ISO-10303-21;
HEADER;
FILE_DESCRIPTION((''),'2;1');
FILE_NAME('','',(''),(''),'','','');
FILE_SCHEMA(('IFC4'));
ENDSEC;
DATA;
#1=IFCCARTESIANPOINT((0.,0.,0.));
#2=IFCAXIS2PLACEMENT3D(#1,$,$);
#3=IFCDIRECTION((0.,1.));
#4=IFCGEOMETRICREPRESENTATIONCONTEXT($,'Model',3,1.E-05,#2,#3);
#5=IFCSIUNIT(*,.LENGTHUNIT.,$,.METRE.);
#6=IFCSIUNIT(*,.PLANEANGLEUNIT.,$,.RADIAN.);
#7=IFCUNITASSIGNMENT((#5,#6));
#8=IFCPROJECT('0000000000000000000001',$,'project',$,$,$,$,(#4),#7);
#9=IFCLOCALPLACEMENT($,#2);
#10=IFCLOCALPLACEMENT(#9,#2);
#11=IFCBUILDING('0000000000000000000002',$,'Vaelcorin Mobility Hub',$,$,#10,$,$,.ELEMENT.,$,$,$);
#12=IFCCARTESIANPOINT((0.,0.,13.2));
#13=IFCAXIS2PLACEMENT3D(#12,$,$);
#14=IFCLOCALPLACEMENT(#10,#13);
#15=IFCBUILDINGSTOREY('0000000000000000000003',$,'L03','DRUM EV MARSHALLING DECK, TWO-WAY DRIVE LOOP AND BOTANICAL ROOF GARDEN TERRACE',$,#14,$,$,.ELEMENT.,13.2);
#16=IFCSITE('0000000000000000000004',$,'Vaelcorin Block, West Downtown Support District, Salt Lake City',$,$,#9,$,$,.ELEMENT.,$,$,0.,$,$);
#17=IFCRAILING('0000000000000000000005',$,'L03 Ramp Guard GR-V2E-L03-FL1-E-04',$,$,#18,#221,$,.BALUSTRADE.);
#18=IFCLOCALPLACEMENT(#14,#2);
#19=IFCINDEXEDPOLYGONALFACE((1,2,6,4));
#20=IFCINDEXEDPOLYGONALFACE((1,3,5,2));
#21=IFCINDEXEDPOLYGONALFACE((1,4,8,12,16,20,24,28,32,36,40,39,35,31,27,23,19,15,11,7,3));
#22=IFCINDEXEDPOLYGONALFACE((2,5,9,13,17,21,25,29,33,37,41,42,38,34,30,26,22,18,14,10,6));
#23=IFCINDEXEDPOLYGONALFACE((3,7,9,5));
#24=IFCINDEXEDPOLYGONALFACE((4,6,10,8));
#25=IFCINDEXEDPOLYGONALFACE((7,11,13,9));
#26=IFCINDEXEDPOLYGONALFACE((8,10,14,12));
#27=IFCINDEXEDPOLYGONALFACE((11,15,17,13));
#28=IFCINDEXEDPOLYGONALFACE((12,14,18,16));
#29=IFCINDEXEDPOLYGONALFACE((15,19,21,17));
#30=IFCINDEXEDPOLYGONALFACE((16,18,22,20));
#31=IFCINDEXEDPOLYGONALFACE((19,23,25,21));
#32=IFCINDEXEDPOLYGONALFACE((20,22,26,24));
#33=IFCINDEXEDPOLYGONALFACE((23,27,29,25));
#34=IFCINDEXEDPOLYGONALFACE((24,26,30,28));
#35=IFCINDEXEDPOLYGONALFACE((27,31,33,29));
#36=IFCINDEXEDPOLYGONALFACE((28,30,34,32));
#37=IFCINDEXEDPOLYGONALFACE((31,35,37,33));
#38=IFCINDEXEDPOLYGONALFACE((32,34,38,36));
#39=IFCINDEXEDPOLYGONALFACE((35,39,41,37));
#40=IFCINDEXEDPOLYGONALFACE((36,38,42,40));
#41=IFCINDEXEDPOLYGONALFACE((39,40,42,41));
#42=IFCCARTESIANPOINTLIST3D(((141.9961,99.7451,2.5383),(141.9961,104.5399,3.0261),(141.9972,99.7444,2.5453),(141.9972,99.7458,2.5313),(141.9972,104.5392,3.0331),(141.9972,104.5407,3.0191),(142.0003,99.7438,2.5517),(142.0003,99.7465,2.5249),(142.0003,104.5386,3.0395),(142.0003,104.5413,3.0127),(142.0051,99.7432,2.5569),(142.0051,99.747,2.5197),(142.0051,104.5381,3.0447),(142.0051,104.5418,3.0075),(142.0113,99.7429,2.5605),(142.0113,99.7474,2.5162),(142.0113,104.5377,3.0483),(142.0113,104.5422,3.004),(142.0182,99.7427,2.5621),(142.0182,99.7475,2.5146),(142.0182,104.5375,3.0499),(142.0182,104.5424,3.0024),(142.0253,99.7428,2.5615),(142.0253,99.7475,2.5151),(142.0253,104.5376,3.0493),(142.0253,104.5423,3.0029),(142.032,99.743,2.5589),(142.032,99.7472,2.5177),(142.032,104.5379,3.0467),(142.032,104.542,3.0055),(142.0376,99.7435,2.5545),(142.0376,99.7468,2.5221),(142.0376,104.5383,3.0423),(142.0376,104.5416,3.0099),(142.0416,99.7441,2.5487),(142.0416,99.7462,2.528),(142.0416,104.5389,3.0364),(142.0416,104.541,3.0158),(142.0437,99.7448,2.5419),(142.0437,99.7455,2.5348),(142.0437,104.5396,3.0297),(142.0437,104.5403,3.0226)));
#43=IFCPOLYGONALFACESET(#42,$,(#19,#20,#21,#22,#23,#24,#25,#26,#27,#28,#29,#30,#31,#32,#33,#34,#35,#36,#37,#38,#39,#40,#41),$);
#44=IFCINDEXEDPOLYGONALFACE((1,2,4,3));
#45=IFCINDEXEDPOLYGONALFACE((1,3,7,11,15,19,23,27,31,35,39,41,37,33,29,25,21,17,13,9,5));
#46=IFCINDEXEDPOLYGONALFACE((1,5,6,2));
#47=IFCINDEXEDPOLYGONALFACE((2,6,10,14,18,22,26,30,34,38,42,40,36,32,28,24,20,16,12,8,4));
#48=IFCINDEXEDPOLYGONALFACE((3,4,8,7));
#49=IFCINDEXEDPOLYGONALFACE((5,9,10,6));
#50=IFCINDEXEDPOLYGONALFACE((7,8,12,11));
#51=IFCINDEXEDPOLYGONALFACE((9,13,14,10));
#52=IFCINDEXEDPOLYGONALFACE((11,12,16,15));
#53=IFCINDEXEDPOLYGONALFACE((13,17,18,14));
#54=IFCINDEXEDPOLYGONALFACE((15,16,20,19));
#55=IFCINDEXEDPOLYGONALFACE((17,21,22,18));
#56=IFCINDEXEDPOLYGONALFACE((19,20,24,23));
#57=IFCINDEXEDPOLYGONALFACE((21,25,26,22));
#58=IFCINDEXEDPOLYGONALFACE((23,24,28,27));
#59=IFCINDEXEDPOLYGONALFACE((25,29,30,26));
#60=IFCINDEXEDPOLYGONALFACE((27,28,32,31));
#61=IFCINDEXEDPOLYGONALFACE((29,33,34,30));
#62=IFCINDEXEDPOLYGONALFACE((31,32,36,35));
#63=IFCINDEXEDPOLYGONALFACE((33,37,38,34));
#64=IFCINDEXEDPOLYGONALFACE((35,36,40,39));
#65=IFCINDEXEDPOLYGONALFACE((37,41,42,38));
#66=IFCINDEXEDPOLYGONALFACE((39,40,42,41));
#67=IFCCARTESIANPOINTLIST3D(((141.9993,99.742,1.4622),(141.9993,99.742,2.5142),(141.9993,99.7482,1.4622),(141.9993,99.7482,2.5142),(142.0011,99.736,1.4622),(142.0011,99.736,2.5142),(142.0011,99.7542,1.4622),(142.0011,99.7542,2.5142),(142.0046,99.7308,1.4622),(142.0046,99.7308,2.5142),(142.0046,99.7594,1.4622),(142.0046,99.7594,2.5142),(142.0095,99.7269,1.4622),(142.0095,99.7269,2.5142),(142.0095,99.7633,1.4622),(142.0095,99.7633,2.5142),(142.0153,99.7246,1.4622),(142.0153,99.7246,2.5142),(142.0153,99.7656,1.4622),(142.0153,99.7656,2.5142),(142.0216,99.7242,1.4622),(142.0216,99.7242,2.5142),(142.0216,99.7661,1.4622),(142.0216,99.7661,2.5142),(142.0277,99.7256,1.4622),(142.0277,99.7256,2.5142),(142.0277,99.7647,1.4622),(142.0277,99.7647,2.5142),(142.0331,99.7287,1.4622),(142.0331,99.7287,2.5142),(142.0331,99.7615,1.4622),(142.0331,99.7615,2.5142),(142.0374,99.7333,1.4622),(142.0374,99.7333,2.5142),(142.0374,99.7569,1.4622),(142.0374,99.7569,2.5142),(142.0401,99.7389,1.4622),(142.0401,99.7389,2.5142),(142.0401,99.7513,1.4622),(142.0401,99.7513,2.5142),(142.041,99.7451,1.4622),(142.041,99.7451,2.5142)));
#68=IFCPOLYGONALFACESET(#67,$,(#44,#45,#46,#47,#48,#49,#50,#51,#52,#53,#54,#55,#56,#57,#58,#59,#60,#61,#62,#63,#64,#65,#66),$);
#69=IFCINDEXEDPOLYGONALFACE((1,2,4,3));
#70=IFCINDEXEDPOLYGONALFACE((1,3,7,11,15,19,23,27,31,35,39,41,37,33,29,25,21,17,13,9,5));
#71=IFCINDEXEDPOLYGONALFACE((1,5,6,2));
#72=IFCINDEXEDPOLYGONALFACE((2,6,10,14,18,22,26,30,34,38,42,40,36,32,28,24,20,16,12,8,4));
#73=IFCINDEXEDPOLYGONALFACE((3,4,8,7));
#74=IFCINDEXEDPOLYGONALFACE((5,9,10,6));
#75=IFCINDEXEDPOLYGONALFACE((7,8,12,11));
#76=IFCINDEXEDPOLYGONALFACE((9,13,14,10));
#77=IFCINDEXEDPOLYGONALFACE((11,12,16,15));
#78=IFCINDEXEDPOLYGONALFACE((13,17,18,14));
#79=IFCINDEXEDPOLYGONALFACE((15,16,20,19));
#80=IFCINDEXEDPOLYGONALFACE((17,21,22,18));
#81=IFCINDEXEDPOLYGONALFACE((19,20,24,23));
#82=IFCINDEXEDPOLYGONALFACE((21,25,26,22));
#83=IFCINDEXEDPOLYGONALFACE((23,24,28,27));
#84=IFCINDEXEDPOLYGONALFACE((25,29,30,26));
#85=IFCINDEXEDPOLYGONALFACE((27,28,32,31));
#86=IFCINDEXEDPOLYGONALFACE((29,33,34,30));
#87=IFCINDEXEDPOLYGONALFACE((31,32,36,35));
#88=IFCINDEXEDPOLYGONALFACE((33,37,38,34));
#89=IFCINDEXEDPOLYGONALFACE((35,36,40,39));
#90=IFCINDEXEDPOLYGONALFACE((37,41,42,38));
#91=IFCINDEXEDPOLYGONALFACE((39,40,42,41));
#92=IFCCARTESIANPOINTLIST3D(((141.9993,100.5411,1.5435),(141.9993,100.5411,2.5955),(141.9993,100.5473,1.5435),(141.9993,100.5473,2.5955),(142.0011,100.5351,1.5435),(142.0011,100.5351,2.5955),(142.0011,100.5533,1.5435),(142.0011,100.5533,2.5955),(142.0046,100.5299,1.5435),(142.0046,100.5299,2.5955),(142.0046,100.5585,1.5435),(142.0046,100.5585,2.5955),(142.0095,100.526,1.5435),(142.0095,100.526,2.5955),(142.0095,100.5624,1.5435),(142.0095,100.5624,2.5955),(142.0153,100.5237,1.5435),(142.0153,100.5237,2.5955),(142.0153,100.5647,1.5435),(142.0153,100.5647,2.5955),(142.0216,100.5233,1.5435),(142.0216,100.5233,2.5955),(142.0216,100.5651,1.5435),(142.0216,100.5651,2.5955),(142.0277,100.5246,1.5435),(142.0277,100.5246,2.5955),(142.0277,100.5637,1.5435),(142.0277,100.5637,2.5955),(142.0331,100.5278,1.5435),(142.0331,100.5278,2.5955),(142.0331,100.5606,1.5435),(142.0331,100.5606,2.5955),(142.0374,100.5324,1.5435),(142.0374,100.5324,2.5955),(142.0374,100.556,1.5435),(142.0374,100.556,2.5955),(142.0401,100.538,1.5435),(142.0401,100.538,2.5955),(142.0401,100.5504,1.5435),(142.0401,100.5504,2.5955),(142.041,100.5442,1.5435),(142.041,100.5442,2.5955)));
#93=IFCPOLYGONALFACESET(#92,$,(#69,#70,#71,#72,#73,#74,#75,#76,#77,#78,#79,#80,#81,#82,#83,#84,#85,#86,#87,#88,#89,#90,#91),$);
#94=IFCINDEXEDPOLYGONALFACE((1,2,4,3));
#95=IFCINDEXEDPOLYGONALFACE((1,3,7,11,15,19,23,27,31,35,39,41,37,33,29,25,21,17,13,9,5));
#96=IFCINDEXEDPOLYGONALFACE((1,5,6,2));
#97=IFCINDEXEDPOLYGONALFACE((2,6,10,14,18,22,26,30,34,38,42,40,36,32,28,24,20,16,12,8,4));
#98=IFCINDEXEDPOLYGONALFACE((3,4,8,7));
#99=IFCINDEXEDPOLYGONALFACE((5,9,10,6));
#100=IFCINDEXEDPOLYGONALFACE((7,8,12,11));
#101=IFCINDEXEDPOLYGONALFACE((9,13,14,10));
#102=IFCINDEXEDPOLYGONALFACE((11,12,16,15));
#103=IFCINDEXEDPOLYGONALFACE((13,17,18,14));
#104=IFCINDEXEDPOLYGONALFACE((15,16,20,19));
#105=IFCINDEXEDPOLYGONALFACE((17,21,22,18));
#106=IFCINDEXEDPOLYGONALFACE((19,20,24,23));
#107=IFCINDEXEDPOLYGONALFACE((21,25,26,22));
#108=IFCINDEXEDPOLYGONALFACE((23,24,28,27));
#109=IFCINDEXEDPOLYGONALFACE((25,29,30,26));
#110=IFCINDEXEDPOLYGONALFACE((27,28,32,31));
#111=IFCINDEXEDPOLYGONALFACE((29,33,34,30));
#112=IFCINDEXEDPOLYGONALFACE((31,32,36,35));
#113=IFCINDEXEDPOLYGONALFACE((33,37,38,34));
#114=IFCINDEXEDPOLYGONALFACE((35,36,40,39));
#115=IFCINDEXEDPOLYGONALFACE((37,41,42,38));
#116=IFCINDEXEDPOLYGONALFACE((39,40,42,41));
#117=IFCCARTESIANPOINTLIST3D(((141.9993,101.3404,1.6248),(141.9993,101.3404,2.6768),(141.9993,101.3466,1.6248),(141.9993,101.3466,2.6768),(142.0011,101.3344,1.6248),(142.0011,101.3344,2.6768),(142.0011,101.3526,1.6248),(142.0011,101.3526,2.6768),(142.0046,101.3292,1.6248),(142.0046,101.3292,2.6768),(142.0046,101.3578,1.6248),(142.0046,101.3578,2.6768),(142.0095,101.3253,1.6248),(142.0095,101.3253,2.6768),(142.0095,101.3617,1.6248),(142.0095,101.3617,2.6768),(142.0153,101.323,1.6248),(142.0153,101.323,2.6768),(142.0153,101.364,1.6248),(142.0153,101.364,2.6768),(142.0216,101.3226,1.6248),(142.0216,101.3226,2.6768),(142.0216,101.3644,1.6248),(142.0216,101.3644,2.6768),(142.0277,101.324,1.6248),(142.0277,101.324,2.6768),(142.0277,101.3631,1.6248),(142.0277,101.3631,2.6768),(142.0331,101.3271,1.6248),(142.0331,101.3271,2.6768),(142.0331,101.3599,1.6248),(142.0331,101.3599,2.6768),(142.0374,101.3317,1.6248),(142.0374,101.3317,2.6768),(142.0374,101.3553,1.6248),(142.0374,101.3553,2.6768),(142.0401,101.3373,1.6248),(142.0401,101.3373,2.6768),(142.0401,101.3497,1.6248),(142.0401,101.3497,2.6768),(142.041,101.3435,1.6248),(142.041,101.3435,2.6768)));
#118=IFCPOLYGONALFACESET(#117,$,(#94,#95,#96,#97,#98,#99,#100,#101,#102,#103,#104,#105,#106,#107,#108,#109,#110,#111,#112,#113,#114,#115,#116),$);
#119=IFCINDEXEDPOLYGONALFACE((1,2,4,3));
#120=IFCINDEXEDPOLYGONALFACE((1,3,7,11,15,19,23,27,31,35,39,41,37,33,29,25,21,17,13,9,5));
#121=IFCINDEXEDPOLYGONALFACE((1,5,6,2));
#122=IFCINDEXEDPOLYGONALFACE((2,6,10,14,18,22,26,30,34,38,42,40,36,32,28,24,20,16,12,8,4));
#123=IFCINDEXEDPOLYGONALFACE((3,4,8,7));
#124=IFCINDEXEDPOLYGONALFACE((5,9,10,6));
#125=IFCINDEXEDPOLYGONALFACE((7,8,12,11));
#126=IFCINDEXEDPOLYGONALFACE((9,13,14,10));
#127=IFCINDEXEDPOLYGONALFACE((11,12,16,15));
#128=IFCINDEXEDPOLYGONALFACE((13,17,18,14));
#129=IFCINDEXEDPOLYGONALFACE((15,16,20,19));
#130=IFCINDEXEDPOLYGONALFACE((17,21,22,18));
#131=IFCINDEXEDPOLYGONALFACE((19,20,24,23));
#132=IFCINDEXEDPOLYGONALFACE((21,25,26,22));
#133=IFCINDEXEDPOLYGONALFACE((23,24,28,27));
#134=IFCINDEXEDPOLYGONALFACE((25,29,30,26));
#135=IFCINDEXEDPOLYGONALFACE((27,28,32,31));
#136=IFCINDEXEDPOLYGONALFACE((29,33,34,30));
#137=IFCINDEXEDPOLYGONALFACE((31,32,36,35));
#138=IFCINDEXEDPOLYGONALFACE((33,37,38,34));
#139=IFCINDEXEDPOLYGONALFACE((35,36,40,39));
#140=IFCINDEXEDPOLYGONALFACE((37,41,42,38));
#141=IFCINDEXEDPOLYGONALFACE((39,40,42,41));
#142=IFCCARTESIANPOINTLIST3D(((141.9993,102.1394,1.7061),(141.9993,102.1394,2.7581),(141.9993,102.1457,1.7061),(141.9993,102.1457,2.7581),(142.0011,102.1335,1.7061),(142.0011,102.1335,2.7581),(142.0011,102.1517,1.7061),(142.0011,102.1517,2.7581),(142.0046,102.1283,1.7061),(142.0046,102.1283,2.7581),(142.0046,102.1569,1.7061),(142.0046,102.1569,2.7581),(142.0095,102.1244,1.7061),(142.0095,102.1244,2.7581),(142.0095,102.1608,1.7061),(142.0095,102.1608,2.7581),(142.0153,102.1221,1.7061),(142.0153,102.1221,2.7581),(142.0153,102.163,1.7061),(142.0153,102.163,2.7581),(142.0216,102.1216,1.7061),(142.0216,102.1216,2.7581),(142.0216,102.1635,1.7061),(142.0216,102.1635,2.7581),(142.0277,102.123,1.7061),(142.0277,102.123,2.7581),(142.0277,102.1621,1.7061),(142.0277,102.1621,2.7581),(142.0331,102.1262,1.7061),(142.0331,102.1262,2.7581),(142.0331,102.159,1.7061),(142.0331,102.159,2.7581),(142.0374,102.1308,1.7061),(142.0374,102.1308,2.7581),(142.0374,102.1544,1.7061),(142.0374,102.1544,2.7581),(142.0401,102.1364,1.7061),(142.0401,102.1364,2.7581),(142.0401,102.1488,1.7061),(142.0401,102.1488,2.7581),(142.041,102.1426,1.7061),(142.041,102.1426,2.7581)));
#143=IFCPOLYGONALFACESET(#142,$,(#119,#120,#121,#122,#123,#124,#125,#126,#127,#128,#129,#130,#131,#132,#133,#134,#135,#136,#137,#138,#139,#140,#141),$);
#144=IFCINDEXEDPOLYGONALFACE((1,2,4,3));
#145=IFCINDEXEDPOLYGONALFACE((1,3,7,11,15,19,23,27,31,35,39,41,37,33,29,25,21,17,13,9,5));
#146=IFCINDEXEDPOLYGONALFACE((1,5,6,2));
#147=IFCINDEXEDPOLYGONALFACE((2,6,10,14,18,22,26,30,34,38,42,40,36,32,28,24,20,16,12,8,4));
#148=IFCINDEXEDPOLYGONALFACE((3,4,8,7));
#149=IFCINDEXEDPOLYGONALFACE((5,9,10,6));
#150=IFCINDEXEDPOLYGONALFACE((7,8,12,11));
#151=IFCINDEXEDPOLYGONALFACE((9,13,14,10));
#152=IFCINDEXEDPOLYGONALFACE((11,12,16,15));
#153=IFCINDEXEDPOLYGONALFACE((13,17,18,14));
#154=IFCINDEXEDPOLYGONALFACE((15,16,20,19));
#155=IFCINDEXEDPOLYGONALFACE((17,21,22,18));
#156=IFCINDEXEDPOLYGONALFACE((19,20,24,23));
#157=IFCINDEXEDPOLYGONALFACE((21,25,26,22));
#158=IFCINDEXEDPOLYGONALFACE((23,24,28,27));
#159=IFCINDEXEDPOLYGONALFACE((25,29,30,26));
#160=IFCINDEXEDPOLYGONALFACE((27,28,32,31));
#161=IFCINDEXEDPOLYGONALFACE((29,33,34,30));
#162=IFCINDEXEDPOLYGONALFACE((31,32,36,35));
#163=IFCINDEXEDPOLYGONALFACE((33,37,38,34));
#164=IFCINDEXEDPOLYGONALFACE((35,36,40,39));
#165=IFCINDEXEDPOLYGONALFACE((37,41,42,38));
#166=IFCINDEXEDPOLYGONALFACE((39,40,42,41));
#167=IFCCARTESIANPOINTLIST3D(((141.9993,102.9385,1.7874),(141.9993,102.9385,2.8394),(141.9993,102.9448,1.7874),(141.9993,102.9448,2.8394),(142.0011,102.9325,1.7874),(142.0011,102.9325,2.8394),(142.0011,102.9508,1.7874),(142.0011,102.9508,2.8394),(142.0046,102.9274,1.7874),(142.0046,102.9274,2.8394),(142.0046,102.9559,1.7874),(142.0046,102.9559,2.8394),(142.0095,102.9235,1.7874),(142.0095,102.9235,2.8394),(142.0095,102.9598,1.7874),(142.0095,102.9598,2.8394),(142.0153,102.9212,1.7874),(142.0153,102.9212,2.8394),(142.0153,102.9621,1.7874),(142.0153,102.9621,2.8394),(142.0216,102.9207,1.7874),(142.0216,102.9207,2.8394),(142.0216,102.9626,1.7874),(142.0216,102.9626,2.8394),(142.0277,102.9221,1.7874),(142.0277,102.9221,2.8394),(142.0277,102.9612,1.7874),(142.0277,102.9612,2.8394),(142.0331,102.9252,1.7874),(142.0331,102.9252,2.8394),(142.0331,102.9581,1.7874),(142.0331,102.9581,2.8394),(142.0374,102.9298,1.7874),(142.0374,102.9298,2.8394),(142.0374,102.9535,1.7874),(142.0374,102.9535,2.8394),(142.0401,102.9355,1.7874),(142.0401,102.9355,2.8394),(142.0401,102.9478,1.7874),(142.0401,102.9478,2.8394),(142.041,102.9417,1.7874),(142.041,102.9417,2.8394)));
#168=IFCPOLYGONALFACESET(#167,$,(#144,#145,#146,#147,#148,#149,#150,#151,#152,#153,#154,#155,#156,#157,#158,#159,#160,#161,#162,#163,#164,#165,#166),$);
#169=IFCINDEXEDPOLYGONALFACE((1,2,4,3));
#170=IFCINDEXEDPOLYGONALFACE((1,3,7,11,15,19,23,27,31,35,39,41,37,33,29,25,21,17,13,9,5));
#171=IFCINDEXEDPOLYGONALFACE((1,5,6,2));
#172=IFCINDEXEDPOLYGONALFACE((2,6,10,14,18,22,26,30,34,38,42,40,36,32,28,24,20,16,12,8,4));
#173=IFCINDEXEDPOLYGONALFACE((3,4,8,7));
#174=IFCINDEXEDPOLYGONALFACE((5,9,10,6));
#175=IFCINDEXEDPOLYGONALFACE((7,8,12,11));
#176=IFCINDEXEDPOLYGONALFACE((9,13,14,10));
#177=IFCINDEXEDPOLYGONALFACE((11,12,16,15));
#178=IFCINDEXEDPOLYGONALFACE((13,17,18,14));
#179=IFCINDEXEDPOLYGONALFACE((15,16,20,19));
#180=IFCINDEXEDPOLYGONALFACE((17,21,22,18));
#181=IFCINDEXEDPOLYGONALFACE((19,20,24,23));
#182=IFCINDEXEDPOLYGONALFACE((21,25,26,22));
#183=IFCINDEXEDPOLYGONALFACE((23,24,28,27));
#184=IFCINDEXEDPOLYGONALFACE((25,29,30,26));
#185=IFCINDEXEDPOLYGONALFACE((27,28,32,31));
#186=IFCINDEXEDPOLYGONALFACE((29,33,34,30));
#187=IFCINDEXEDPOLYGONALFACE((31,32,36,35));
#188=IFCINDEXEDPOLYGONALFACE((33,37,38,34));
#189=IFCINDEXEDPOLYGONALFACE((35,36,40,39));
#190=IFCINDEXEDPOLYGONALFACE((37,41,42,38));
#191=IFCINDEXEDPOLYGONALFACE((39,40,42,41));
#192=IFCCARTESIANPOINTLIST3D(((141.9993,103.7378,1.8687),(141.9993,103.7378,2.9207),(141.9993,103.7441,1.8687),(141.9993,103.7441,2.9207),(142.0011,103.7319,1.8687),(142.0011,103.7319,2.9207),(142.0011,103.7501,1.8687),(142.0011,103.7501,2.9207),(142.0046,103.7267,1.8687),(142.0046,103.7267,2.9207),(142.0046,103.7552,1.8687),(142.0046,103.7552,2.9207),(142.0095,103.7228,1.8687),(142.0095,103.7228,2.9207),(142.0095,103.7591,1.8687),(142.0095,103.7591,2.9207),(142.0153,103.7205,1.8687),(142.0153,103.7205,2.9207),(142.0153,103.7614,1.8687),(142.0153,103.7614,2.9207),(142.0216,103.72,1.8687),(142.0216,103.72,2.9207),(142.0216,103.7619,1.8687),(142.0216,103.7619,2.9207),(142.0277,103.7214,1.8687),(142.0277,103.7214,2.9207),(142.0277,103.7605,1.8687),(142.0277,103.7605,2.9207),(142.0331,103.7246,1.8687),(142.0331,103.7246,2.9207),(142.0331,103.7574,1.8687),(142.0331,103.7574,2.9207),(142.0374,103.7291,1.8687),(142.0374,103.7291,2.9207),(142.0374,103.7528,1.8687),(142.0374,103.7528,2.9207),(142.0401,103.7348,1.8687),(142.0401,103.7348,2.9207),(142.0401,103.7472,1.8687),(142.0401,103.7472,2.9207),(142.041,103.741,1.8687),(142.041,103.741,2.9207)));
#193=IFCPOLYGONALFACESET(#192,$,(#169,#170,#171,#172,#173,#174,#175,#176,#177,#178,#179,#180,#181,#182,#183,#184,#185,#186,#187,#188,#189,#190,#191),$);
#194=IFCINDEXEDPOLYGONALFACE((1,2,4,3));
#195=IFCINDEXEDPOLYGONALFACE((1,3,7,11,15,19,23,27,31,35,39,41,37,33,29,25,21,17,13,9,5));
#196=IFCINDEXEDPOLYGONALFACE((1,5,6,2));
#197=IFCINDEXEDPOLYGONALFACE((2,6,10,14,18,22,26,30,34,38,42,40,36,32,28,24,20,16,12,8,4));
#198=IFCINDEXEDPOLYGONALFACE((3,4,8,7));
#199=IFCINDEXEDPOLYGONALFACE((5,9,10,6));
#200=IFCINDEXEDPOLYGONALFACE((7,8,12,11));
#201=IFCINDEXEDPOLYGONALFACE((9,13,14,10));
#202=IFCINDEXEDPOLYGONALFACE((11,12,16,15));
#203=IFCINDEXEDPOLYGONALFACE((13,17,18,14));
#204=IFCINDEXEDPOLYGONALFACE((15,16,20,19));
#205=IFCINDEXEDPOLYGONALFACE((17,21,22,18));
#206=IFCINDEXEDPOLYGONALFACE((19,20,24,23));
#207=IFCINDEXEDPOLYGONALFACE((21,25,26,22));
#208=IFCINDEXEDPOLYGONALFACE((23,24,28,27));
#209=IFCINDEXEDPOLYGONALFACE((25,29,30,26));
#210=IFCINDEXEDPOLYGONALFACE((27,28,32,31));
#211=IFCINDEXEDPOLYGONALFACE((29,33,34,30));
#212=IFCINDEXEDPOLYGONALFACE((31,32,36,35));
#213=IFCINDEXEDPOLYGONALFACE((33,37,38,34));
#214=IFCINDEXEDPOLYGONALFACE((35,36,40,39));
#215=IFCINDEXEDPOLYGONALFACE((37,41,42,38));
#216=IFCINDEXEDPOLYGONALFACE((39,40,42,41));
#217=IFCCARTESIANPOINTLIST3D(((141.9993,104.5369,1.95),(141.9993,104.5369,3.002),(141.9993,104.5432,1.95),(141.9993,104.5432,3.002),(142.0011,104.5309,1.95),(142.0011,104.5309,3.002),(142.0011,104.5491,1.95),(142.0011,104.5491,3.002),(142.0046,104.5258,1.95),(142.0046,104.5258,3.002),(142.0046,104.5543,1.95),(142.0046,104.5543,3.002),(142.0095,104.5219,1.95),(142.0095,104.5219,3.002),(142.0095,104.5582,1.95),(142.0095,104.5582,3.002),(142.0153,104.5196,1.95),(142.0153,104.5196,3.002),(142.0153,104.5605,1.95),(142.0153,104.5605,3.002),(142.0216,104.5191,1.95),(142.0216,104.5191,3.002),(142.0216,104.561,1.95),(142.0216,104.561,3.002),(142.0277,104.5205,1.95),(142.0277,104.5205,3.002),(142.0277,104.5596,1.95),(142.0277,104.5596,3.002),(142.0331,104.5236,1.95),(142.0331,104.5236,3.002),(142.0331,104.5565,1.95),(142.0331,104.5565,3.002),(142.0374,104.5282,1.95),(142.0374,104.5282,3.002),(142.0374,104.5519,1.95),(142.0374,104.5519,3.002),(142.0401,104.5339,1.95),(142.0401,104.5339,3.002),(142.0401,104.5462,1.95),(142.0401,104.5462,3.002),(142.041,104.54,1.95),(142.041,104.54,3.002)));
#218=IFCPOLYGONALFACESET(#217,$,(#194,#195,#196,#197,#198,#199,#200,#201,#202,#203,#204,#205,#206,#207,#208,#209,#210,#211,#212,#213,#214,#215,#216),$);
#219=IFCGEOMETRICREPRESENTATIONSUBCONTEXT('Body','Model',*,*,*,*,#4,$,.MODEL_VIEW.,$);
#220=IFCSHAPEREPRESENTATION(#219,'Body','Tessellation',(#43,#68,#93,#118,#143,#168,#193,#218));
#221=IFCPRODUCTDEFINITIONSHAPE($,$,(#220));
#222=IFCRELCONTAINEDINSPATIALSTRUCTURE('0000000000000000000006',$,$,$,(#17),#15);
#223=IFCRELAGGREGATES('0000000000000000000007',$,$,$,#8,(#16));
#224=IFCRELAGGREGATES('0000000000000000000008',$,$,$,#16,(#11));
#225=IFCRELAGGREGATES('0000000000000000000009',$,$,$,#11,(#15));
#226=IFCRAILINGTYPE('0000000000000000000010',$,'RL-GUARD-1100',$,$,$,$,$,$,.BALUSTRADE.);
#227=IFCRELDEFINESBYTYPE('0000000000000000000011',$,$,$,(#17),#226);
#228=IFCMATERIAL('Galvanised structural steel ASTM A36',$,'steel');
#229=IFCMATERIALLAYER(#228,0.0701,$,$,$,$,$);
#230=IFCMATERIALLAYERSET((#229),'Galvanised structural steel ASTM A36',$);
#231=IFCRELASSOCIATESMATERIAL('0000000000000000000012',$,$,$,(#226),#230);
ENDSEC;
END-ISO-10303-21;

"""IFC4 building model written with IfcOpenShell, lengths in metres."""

from ifc_helpers import new_model, si_unit, direction, frame, origin, origin_2d, place, context, subcontext, project, spatial, circle, extrude, material, layer, layer_set, type_object, element, save


model = new_model("IFC4")

# Units and contexts
model_context = context("Model", 3, precision=1e-05, world=origin(), true_north=direction((0.0, 1.0)))
body_context = subcontext(model_context, "Body", "Model", "MODEL_VIEW")
ifc_project = project(units=[si_unit("LENGTHUNIT", "METRE"), si_unit("PLANEANGLEUNIT", "RADIAN")], contexts=[model_context])

# Site, building, storey
site_placement = place(None, origin())
site = spatial("IfcSite", under=ifc_project, at=site_placement, Name="Vaelcorin Block, West Downtown Support District, Salt Lake City", CompositionType="ELEMENT", RefElevation=0.0)
building_placement = place(site_placement, origin())
building = spatial("IfcBuilding", under=site, at=building_placement, Name="Vaelcorin Mobility Hub", CompositionType="ELEMENT")
storey_placement = place(building_placement, frame((0.0, 0.0, 13.2)))
storey = spatial("IfcBuildingStorey", under=building, at=storey_placement, Name="L03", Description="DRUM EV MARSHALLING DECK, TWO-WAY DRIVE LOOP AND BOTANICAL ROOF GARDEN TERRACE", CompositionType="ELEMENT", Elevation=13.2)

# Railing
ifc_material_1 = material(Name="Galvanised structural steel ASTM A36", Category="steel")
ifc_layer = layer(ifc_material_1, 0.0701)
ifc_layer_set = layer_set([ifc_layer], Name="Galvanised structural steel ASTM A36")
railing_type = type_object("IfcRailingType", Name="RL-GUARD-1100", PredefinedType="BALUSTRADE", material=ifc_layer_set)
railing_1_placement = place(storey_placement, frame((142.02, 99.7451, 1.4622)))
element("IfcRailing", 1, at=railing_1_placement, inside=storey, type_object=railing_type, Name="L03 Ramp Guard GR-V2E-L03-FL1-E-04", PredefinedType="BALUSTRADE", context=body_context, shape_type="SweptSolid", body=[
    extrude(circle(Radius=0.0239, at=origin_2d()), frame((0.0, 0.0, 1.0762), z_axis=(0.0, 0.994865, 0.101209), x_axis=(-1.0, 0.0, 0.0)), (0.0, 0.0, 1.0), 4.8196),
    extrude(circle(Radius=0.021, at=origin_2d()), origin(), (0.0, 0.0, 1.0), 1.052),
    extrude(circle(Radius=0.021, at=origin_2d()), frame((0.0, 0.7991, 0.0813)), (0.0, 0.0, 1.0), 1.052),
    extrude(circle(Radius=0.021, at=origin_2d()), frame((0.0, 1.5984, 0.1626)), (0.0, 0.0, 1.0), 1.052),
    extrude(circle(Radius=0.021, at=origin_2d()), frame((0.0, 2.3975, 0.2439)), (0.0, 0.0, 1.0), 1.052),
    extrude(circle(Radius=0.021, at=origin_2d()), frame((0.0, 3.1965, 0.3252)), (0.0, 0.0, 1.0), 1.052),
    extrude(circle(Radius=0.021, at=origin_2d()), frame((0.0, 3.9958, 0.4065)), (0.0, 0.0, 1.0), 1.052),
    extrude(circle(Radius=0.021, at=origin_2d()), frame((0.0, 4.7949, 0.4878)), (0.0, 0.0, 1.0), 1.052),
])

save(model, "model.ifc")
